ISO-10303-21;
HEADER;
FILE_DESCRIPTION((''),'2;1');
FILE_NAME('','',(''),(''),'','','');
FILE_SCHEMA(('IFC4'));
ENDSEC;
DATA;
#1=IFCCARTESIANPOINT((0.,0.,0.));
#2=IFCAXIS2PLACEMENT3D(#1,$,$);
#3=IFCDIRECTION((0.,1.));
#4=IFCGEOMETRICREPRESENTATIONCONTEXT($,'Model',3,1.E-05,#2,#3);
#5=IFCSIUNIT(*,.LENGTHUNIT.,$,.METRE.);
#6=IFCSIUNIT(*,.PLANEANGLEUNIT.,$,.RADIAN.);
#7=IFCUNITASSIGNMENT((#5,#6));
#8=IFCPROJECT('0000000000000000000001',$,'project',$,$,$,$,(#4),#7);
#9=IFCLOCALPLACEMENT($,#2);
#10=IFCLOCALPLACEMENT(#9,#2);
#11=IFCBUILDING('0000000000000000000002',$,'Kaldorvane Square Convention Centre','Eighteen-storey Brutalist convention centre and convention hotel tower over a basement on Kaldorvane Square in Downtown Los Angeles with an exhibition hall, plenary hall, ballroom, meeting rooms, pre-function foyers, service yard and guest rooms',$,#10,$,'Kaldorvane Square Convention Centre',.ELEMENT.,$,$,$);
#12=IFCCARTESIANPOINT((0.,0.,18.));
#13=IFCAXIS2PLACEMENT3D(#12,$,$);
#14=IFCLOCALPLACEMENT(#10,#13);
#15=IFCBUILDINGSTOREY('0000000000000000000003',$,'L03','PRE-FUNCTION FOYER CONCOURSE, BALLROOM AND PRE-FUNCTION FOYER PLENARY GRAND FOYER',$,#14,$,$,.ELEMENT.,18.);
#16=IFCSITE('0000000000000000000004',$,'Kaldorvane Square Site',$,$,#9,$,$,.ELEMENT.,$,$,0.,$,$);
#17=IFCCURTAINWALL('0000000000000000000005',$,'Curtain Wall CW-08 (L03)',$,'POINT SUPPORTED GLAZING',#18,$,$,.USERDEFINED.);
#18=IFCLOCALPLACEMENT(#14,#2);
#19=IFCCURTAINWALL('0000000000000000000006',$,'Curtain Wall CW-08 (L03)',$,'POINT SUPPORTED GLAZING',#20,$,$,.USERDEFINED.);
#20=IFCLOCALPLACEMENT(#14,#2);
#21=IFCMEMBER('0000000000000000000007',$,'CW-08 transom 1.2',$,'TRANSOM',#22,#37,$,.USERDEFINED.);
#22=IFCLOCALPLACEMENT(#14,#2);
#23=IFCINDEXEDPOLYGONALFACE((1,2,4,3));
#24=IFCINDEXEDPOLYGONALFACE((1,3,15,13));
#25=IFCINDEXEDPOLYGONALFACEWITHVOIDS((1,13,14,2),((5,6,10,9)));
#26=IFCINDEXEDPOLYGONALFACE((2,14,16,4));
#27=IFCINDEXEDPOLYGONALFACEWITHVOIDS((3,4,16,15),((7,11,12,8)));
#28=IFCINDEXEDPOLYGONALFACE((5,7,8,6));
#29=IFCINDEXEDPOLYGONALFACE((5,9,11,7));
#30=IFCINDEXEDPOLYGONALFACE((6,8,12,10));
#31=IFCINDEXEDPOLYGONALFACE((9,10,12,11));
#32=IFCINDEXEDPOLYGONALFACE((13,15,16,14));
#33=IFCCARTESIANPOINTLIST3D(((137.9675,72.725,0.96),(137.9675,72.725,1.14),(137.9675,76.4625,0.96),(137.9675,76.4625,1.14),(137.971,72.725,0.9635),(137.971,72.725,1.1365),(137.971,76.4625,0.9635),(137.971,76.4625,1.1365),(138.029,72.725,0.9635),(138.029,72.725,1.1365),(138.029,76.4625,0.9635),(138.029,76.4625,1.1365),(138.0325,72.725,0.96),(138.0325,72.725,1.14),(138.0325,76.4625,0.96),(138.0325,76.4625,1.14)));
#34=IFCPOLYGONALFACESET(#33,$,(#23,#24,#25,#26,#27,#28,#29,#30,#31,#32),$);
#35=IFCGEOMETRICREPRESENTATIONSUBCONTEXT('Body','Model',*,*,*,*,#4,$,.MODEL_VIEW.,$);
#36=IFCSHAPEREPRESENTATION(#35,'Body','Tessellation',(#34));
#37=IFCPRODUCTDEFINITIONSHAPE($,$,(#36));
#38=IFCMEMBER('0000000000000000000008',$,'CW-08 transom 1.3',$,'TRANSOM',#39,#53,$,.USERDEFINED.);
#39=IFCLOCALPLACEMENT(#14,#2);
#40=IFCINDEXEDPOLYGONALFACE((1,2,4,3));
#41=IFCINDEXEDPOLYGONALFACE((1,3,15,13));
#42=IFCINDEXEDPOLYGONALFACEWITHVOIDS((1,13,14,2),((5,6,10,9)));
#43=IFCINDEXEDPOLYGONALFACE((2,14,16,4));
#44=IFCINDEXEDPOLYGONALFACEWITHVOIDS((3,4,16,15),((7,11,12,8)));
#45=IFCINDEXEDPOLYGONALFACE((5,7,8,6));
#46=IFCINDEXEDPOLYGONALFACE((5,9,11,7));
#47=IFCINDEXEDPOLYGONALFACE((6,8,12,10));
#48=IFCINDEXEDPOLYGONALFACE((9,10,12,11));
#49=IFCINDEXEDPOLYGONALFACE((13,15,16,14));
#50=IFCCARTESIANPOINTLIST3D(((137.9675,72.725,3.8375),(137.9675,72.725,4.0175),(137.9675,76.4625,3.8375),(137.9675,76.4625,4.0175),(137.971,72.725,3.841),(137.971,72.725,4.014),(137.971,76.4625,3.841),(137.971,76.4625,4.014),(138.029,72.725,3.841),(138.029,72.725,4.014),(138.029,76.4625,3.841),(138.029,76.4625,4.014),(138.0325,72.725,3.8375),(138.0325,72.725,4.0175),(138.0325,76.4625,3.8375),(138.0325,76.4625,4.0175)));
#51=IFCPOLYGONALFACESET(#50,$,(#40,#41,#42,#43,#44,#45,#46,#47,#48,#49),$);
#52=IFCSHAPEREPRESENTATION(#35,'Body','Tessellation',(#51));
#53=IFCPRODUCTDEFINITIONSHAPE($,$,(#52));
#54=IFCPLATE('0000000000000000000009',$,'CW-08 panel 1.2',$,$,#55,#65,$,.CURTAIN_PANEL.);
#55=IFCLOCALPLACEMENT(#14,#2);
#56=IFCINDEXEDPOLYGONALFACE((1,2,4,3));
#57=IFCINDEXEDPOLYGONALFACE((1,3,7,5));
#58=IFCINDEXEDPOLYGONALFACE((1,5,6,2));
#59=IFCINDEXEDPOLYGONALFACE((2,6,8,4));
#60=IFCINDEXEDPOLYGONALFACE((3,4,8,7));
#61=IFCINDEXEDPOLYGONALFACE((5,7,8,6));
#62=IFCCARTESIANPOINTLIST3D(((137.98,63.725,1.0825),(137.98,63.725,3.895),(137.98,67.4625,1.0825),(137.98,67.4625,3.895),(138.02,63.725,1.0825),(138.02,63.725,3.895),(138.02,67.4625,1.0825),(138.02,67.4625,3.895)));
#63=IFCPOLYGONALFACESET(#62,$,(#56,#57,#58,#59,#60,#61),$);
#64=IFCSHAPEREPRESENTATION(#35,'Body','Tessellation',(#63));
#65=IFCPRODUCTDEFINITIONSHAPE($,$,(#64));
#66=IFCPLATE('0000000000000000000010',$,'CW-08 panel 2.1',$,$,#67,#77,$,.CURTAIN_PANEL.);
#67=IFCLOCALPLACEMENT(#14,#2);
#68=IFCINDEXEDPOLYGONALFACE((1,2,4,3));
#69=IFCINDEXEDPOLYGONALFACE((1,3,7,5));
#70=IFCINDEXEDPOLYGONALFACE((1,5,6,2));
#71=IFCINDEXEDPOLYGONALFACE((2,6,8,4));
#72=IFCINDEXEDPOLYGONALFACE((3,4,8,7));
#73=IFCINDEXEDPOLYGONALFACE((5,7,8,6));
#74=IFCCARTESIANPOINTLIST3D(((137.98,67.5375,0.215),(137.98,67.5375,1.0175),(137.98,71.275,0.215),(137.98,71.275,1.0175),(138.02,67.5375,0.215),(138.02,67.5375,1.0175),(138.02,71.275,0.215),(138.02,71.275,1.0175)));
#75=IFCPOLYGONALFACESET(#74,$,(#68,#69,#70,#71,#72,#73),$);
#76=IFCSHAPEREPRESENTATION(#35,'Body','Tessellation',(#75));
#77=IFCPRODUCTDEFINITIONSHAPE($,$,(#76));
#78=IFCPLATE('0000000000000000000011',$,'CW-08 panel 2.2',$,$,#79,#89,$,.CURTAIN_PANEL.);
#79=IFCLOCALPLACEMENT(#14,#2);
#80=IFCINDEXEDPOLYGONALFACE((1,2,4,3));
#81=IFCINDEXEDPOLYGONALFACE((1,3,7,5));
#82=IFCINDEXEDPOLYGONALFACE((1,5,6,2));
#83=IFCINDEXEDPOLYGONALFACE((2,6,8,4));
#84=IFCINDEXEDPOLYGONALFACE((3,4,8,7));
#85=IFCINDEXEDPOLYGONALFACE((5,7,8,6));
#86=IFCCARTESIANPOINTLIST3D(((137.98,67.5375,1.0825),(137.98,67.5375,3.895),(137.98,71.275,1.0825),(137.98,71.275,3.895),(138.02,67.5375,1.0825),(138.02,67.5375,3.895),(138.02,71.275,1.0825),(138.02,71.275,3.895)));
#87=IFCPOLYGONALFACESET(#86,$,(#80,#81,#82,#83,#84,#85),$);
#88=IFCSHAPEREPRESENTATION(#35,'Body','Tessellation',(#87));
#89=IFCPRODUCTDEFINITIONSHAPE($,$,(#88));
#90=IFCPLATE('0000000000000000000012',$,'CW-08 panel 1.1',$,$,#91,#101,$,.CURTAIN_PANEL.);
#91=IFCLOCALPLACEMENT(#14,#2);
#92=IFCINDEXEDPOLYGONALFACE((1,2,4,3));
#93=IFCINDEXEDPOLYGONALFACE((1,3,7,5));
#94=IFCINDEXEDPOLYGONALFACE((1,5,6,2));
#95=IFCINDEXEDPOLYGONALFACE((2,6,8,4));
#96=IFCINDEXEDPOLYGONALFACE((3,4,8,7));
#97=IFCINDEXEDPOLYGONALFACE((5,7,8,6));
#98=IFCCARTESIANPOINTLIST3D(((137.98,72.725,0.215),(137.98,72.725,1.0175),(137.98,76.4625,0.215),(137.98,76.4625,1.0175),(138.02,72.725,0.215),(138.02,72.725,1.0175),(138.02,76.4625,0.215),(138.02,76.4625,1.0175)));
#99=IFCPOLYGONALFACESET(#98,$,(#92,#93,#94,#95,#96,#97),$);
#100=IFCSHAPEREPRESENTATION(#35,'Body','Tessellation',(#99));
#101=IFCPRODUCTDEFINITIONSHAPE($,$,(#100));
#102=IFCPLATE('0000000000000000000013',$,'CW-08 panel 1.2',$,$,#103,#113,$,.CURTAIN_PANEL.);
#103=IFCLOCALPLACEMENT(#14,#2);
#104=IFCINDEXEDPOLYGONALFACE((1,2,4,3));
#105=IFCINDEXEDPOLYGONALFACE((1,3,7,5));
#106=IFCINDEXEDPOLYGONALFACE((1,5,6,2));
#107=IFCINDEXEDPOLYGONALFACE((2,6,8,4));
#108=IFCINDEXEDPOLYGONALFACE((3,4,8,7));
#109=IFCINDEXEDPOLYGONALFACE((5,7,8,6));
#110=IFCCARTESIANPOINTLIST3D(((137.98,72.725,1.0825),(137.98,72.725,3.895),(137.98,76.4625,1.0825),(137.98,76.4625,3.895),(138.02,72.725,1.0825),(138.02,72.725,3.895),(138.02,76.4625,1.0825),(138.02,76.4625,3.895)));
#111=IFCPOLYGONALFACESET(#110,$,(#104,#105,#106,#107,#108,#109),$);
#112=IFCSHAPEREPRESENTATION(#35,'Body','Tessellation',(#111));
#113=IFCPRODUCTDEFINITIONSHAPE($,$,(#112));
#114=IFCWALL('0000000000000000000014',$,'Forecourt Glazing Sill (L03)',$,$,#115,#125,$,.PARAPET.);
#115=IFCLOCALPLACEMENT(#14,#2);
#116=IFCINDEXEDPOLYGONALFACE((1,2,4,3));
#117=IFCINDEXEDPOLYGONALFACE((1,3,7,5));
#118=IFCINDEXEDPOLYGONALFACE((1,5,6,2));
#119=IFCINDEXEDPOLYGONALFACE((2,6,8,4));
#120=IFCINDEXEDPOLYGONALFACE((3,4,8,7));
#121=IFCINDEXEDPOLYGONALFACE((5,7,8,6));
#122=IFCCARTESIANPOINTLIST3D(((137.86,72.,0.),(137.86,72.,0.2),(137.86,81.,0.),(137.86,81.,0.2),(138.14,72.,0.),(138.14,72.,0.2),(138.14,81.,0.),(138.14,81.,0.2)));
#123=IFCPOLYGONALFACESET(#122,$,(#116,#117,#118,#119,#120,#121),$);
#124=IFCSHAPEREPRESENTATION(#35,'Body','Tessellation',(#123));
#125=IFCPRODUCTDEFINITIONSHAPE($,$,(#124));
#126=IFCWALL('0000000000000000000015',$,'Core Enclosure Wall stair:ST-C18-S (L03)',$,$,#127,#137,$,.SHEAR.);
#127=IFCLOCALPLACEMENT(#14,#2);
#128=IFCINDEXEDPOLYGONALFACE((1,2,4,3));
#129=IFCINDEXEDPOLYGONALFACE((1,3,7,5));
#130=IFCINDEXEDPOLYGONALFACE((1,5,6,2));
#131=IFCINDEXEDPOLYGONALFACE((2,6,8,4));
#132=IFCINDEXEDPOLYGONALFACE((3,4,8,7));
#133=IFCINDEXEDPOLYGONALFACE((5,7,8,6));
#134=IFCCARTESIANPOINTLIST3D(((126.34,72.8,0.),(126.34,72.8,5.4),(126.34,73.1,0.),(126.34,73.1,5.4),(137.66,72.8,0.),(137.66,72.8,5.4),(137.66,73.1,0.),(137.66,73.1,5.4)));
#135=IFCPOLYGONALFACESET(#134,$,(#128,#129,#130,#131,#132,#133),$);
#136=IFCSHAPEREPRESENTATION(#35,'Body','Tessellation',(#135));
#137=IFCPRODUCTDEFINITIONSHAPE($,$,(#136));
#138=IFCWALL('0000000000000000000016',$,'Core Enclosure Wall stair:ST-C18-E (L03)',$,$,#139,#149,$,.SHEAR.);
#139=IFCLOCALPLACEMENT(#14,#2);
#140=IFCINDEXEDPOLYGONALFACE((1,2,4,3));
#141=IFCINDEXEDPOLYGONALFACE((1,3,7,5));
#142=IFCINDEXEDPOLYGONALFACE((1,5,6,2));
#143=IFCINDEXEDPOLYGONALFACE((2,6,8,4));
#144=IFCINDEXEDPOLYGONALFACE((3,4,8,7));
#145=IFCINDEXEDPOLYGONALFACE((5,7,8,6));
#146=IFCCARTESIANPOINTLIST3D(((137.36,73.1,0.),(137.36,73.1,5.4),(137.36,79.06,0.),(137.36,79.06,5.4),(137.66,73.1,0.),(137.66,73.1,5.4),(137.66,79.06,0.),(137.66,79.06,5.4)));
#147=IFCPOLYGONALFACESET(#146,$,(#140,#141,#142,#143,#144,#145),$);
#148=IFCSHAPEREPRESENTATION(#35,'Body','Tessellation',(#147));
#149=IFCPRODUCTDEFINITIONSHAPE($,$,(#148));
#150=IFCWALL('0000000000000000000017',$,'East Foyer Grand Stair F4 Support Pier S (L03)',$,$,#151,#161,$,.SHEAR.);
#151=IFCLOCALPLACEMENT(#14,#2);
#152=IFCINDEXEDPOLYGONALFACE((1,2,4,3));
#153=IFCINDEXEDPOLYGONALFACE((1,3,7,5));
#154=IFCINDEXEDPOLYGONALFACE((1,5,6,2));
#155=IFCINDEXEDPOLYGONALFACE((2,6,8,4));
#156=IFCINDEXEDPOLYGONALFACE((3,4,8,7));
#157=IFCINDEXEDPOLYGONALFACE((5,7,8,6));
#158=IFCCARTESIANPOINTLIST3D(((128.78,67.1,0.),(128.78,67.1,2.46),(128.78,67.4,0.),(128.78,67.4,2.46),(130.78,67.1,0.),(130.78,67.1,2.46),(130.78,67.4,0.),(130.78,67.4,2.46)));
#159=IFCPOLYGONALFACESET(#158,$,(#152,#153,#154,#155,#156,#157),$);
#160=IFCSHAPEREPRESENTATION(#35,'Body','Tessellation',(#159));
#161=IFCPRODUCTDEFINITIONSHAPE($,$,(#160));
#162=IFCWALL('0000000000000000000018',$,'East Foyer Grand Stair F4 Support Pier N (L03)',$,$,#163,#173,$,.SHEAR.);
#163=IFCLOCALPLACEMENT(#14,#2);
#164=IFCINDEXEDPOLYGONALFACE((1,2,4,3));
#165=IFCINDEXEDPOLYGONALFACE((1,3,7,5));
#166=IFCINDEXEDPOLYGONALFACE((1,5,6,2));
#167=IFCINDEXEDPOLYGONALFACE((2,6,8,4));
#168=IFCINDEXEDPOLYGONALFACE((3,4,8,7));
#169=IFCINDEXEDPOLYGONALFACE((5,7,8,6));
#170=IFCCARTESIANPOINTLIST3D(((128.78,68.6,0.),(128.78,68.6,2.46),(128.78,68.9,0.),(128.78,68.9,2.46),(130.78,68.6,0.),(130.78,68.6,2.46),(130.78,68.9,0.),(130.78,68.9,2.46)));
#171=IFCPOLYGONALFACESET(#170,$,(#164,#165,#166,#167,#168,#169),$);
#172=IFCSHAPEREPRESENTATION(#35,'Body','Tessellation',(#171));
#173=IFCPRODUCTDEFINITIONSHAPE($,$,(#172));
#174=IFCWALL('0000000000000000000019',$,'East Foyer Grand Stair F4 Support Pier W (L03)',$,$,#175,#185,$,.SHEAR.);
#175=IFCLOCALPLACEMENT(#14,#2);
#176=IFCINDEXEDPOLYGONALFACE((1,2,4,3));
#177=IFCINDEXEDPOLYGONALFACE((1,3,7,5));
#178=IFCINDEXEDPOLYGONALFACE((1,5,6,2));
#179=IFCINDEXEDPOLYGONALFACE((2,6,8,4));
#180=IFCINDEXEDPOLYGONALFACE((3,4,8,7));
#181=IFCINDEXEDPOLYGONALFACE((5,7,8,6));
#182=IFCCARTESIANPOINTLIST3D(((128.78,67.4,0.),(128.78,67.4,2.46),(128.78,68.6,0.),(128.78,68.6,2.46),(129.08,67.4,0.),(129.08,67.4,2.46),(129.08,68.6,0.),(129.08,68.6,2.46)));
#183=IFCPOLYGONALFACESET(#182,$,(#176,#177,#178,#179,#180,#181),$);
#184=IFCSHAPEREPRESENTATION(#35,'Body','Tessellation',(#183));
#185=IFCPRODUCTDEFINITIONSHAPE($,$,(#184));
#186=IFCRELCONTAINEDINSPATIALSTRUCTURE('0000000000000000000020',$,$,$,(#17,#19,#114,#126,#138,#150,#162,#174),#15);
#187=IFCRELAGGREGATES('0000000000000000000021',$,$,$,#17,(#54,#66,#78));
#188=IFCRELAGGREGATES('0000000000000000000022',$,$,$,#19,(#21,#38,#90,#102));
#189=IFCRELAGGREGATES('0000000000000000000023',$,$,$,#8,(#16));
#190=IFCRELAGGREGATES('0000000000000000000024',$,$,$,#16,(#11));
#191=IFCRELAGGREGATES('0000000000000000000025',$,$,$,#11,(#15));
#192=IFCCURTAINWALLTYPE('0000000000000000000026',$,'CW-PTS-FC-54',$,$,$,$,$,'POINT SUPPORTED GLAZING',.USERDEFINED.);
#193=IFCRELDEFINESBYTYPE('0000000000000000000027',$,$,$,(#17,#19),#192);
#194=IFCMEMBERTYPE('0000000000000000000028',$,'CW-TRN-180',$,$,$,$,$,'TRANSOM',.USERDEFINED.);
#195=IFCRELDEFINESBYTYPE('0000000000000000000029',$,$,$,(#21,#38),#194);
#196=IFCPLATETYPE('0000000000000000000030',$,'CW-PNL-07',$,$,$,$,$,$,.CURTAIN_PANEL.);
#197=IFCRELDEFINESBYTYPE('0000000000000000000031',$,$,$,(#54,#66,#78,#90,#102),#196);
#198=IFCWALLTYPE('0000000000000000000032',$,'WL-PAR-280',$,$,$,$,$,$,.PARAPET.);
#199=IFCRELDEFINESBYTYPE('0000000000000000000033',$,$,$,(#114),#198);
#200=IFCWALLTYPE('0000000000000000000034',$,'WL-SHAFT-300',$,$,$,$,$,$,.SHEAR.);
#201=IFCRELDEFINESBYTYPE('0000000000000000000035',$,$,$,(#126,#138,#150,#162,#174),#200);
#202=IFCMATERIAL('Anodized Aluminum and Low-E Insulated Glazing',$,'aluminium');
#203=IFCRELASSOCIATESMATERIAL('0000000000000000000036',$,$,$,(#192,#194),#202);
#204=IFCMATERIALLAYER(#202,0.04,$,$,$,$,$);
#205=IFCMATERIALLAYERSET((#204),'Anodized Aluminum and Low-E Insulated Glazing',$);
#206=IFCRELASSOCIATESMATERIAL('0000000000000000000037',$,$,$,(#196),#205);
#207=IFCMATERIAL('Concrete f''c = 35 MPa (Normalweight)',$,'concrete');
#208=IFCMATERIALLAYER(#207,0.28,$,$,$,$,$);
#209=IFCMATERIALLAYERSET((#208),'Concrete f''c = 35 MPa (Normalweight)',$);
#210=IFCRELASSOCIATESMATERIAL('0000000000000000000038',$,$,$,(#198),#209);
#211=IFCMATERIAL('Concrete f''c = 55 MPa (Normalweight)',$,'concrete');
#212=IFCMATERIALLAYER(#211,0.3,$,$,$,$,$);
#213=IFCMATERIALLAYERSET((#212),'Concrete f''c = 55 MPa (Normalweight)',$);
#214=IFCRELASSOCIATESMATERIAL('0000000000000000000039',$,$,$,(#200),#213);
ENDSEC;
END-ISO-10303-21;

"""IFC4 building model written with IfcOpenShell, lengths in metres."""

from ifc_helpers import new_model, si_unit, direction, frame, frame_2d, origin, origin_2d, place, context, subcontext, project, spatial, rectangle, hollow_rectangle, extrude, material, layer, layer_set, material_profile, profile_set, type_object, element, aggregate, save


model = new_model("IFC4")

# Units and contexts
model_context = context("Model", 3, precision=1e-05, world=origin(), true_north=direction((0.0, 1.0)))
body_context = subcontext(model_context, "Body", "Model", "MODEL_VIEW")
ifc_project = project(units=[si_unit("LENGTHUNIT", "METRE"), si_unit("PLANEANGLEUNIT", "RADIAN")], contexts=[model_context])

# Site, building, storey
site_placement = place(None, origin())
site = spatial("IfcSite", under=ifc_project, at=site_placement, Name="Kaldorvane Square Site", CompositionType="ELEMENT", RefElevation=0.0)
building_placement = place(site_placement, origin())
building = spatial("IfcBuilding", under=site, at=building_placement, Name="Kaldorvane Square Convention Centre", Description="Eighteen-storey Brutalist convention centre and convention hotel tower over a basement on Kaldorvane Square in Downtown Los Angeles with an exhibition hall, plenary hall, ballroom, meeting rooms, pre-function foyers, service yard and guest rooms", LongName="Kaldorvane Square Convention Centre", CompositionType="ELEMENT")
storey_placement = place(building_placement, frame((0.0, 0.0, 18.0)))
storey = spatial("IfcBuildingStorey", under=building, at=storey_placement, Name="L03", Description="PRE-FUNCTION FOYER CONCOURSE, BALLROOM AND PRE-FUNCTION FOYER PLENARY GRAND FOYER", CompositionType="ELEMENT", Elevation=18.0)

# Curtain wall
ifc_material_1 = material(Name="Anodized Aluminum and Low-E Insulated Glazing", Category="aluminium")
curtain_wall_type = type_object("IfcCurtainWallType", Name="CW-PTS-FC-54", ElementType="POINT SUPPORTED GLAZING", PredefinedType="USERDEFINED", material=ifc_material_1)
curtain_wall_1_placement = place(storey_placement, origin())
curtain_wall_1 = element("IfcCurtainWall", 1, at=curtain_wall_1_placement, inside=storey, type_object=curtain_wall_type, Name="Curtain Wall CW-08 (L03)", ObjectType="POINT SUPPORTED GLAZING", PredefinedType="USERDEFINED")

# Curtain wall
curtain_wall_2_placement = place(storey_placement, origin())
curtain_wall_2 = element("IfcCurtainWall", 2, at=curtain_wall_2_placement, inside=storey, type_object=curtain_wall_type, Name="Curtain Wall CW-08 (L03)", ObjectType="POINT SUPPORTED GLAZING", PredefinedType="USERDEFINED")

# Members
ifc_material_profile_1 = material_profile(ifc_material_1, hollow_rectangle(XDim=0.065, YDim=0.18, WallThickness=0.0035, at=origin_2d()), Name="CWT-180X65")
ifc_profile_set_1 = profile_set([ifc_material_profile_1], Name="Anodized Aluminum and Low-E Insulated Glazing")
member_type_1 = type_object("IfcMemberType", Name="CW-TRN-180", ElementType="TRANSOM", PredefinedType="USERDEFINED", material=ifc_profile_set_1)
member_1_placement = place(storey_placement, frame((138.0, 72.725, 1.05), z_axis=(0.0, 1.0, 0.0), x_axis=(-1.0, 0.0, 0.0)))
member_1 = element("IfcMember", 3, at=member_1_placement, type_object=member_type_1, Name="CW-08 transom 1.2", ObjectType="TRANSOM", PredefinedType="USERDEFINED", context=body_context, shape_type="SweptSolid", body=[
    extrude(hollow_rectangle(XDim=0.065, YDim=0.18, WallThickness=0.0035, at=origin_2d()), origin(), (0.0, 0.0, 1.0), 3.7375),
])
member_2_placement = place(storey_placement, frame((138.0, 72.725, 3.9275), z_axis=(0.0, 1.0, 0.0), x_axis=(-1.0, 0.0, 0.0)))
member_2 = element("IfcMember", 4, at=member_2_placement, type_object=member_type_1, Name="CW-08 transom 1.3", ObjectType="TRANSOM", PredefinedType="USERDEFINED", context=body_context, shape_type="SweptSolid", body=[
    extrude(hollow_rectangle(XDim=0.065, YDim=0.18, WallThickness=0.0035, at=origin_2d()), origin(), (0.0, 0.0, 1.0), 3.7375),
])

# Plates
ifc_layer_1 = layer(ifc_material_1, 0.04)
ifc_layer_set_1 = layer_set([ifc_layer_1], Name="Anodized Aluminum and Low-E Insulated Glazing")
plate_type = type_object("IfcPlateType", Name="CW-PNL-07", PredefinedType="CURTAIN_PANEL", material=ifc_layer_set_1)
plate_1_placement = place(storey_placement, frame((138.0, 65.5938, 1.0825), z_axis=(0.0, 0.0, 1.0), x_axis=(0.0, 1.0, 0.0)))
plate_1 = element("IfcPlate", 5, at=plate_1_placement, type_object=plate_type, Name="CW-08 panel 1.2", PredefinedType="CURTAIN_PANEL", context=body_context, shape_type="SweptSolid", body=[
    extrude(rectangle(XDim=3.7375, YDim=0.04, at=origin_2d()), origin(), (0.0, 0.0, 1.0), 2.8125),
])
plate_2_placement = place(storey_placement, frame((138.0, 69.4062, 0.215), z_axis=(0.0, 0.0, 1.0), x_axis=(0.0, 1.0, 0.0)))
plate_2 = element("IfcPlate", 6, at=plate_2_placement, type_object=plate_type, Name="CW-08 panel 2.1", PredefinedType="CURTAIN_PANEL", context=body_context, shape_type="SweptSolid", body=[
    extrude(rectangle(XDim=3.7375, YDim=0.04, at=origin_2d()), origin(), (0.0, 0.0, 1.0), 0.8025),
])
plate_3_placement = place(storey_placement, frame((138.0, 69.4062, 1.0825), z_axis=(0.0, 0.0, 1.0), x_axis=(0.0, 1.0, 0.0)))
plate_3 = element("IfcPlate", 7, at=plate_3_placement, type_object=plate_type, Name="CW-08 panel 2.2", PredefinedType="CURTAIN_PANEL", context=body_context, shape_type="SweptSolid", body=[
    extrude(rectangle(XDim=3.7375, YDim=0.04, at=origin_2d()), origin(), (0.0, 0.0, 1.0), 2.8125),
])
aggregate(curtain_wall_1, [plate_1, plate_2, plate_3])
plate_4_placement = place(storey_placement, frame((138.0, 74.5938, 0.215), z_axis=(0.0, 0.0, 1.0), x_axis=(0.0, 1.0, 0.0)))
plate_4 = element("IfcPlate", 8, at=plate_4_placement, type_object=plate_type, Name="CW-08 panel 1.1", PredefinedType="CURTAIN_PANEL", context=body_context, shape_type="SweptSolid", body=[
    extrude(rectangle(XDim=3.7375, YDim=0.04, at=origin_2d()), origin(), (0.0, 0.0, 1.0), 0.8025),
])
plate_5_placement = place(storey_placement, frame((138.0, 74.5938, 1.0825), z_axis=(0.0, 0.0, 1.0), x_axis=(0.0, 1.0, 0.0)))
plate_5 = element("IfcPlate", 9, at=plate_5_placement, type_object=plate_type, Name="CW-08 panel 1.2", PredefinedType="CURTAIN_PANEL", context=body_context, shape_type="SweptSolid", body=[
    extrude(rectangle(XDim=3.7375, YDim=0.04, at=origin_2d()), origin(), (0.0, 0.0, 1.0), 2.8125),
])
aggregate(curtain_wall_2, [member_1, member_2, plate_4, plate_5])

# Walls
ifc_material_2 = material(Name="Concrete f'c = 35 MPa (Normalweight)", Category="concrete")
ifc_layer_2 = layer(ifc_material_2, 0.28)
ifc_layer_set_2 = layer_set([ifc_layer_2], Name="Concrete f'c = 35 MPa (Normalweight)")
wall_type_1 = type_object("IfcWallType", Name="WL-PAR-280", PredefinedType="PARAPET", material=ifc_layer_set_2)
wall_1_placement = place(storey_placement, frame((138.0, 72.0, 0.0), z_axis=(0.0, 0.0, 1.0), x_axis=(0.0, 1.0, 0.0)))
element("IfcWall", 10, at=wall_1_placement, inside=storey, type_object=wall_type_1, Name="Forecourt Glazing Sill (L03)", PredefinedType="PARAPET", context=body_context, shape_type="SweptSolid", body=[
    extrude(rectangle(XDim=9.0, YDim=0.28, at=frame_2d((4.5, 0.0))), origin(), (0.0, 0.0, 1.0), 0.2),
])
ifc_material_3 = material(Name="Concrete f'c = 55 MPa (Normalweight)", Category="concrete")
ifc_layer_3 = layer(ifc_material_3, 0.3)
ifc_layer_set_3 = layer_set([ifc_layer_3], Name="Concrete f'c = 55 MPa (Normalweight)")
wall_type_2 = type_object("IfcWallType", Name="WL-SHAFT-300", PredefinedType="SHEAR", material=ifc_layer_set_3)
wall_2_placement = place(storey_placement, frame((126.34, 72.95, 0.0), z_axis=(0.0, 0.0, 1.0), x_axis=(1.0, 0.0, 0.0)))
element("IfcWall", 11, at=wall_2_placement, inside=storey, type_object=wall_type_2, Name="Core Enclosure Wall stair:ST-C18-S (L03)", PredefinedType="SHEAR", context=body_context, shape_type="SweptSolid", body=[
    extrude(rectangle(XDim=11.32, YDim=0.3, at=frame_2d((5.66, 0.0))), origin(), (0.0, 0.0, 1.0), 5.4),
])
wall_3_placement = place(storey_placement, frame((137.51, 73.1, 0.0), z_axis=(0.0, 0.0, 1.0), x_axis=(0.0, 1.0, 0.0)))
element("IfcWall", 12, at=wall_3_placement, inside=storey, type_object=wall_type_2, Name="Core Enclosure Wall stair:ST-C18-E (L03)", PredefinedType="SHEAR", context=body_context, shape_type="SweptSolid", body=[
    extrude(rectangle(XDim=5.96, YDim=0.3, at=frame_2d((2.98, 0.0))), origin(), (0.0, 0.0, 1.0), 5.4),
])
for number, where, z_axis, x_axis, name in (
    (13, (128.78, 67.25, 0.0), (0.0, 0.0, 1.0), (1.0, 0.0, 0.0), "East Foyer Grand Stair F4 Support Pier S (L03)"),
    (14, (128.78, 68.75, 0.0), (0.0, 0.0, 1.0), (1.0, 0.0, 0.0), "East Foyer Grand Stair F4 Support Pier N (L03)"),
):
    element("IfcWall", number, at=place(storey_placement, frame(where, z_axis=z_axis, x_axis=x_axis)), inside=storey, type_object=wall_type_2, Name=name, PredefinedType="SHEAR", context=body_context, shape_type="SweptSolid", body=[
        extrude(rectangle(XDim=2.0, YDim=0.3, at=frame_2d((1.0, 0.0))), origin(), (0.0, 0.0, 1.0), 2.46),
    ])
wall_4_placement = place(storey_placement, frame((128.93, 67.4, 0.0), z_axis=(0.0, 0.0, 1.0), x_axis=(0.0, 1.0, 0.0)))
element("IfcWall", 15, at=wall_4_placement, inside=storey, type_object=wall_type_2, Name="East Foyer Grand Stair F4 Support Pier W (L03)", PredefinedType="SHEAR", context=body_context, shape_type="SweptSolid", body=[
    extrude(rectangle(XDim=1.2, YDim=0.3, at=frame_2d((0.6, 0.0))), origin(), (0.0, 0.0, 1.0), 2.46),
])

save(model, "model.ifc")
